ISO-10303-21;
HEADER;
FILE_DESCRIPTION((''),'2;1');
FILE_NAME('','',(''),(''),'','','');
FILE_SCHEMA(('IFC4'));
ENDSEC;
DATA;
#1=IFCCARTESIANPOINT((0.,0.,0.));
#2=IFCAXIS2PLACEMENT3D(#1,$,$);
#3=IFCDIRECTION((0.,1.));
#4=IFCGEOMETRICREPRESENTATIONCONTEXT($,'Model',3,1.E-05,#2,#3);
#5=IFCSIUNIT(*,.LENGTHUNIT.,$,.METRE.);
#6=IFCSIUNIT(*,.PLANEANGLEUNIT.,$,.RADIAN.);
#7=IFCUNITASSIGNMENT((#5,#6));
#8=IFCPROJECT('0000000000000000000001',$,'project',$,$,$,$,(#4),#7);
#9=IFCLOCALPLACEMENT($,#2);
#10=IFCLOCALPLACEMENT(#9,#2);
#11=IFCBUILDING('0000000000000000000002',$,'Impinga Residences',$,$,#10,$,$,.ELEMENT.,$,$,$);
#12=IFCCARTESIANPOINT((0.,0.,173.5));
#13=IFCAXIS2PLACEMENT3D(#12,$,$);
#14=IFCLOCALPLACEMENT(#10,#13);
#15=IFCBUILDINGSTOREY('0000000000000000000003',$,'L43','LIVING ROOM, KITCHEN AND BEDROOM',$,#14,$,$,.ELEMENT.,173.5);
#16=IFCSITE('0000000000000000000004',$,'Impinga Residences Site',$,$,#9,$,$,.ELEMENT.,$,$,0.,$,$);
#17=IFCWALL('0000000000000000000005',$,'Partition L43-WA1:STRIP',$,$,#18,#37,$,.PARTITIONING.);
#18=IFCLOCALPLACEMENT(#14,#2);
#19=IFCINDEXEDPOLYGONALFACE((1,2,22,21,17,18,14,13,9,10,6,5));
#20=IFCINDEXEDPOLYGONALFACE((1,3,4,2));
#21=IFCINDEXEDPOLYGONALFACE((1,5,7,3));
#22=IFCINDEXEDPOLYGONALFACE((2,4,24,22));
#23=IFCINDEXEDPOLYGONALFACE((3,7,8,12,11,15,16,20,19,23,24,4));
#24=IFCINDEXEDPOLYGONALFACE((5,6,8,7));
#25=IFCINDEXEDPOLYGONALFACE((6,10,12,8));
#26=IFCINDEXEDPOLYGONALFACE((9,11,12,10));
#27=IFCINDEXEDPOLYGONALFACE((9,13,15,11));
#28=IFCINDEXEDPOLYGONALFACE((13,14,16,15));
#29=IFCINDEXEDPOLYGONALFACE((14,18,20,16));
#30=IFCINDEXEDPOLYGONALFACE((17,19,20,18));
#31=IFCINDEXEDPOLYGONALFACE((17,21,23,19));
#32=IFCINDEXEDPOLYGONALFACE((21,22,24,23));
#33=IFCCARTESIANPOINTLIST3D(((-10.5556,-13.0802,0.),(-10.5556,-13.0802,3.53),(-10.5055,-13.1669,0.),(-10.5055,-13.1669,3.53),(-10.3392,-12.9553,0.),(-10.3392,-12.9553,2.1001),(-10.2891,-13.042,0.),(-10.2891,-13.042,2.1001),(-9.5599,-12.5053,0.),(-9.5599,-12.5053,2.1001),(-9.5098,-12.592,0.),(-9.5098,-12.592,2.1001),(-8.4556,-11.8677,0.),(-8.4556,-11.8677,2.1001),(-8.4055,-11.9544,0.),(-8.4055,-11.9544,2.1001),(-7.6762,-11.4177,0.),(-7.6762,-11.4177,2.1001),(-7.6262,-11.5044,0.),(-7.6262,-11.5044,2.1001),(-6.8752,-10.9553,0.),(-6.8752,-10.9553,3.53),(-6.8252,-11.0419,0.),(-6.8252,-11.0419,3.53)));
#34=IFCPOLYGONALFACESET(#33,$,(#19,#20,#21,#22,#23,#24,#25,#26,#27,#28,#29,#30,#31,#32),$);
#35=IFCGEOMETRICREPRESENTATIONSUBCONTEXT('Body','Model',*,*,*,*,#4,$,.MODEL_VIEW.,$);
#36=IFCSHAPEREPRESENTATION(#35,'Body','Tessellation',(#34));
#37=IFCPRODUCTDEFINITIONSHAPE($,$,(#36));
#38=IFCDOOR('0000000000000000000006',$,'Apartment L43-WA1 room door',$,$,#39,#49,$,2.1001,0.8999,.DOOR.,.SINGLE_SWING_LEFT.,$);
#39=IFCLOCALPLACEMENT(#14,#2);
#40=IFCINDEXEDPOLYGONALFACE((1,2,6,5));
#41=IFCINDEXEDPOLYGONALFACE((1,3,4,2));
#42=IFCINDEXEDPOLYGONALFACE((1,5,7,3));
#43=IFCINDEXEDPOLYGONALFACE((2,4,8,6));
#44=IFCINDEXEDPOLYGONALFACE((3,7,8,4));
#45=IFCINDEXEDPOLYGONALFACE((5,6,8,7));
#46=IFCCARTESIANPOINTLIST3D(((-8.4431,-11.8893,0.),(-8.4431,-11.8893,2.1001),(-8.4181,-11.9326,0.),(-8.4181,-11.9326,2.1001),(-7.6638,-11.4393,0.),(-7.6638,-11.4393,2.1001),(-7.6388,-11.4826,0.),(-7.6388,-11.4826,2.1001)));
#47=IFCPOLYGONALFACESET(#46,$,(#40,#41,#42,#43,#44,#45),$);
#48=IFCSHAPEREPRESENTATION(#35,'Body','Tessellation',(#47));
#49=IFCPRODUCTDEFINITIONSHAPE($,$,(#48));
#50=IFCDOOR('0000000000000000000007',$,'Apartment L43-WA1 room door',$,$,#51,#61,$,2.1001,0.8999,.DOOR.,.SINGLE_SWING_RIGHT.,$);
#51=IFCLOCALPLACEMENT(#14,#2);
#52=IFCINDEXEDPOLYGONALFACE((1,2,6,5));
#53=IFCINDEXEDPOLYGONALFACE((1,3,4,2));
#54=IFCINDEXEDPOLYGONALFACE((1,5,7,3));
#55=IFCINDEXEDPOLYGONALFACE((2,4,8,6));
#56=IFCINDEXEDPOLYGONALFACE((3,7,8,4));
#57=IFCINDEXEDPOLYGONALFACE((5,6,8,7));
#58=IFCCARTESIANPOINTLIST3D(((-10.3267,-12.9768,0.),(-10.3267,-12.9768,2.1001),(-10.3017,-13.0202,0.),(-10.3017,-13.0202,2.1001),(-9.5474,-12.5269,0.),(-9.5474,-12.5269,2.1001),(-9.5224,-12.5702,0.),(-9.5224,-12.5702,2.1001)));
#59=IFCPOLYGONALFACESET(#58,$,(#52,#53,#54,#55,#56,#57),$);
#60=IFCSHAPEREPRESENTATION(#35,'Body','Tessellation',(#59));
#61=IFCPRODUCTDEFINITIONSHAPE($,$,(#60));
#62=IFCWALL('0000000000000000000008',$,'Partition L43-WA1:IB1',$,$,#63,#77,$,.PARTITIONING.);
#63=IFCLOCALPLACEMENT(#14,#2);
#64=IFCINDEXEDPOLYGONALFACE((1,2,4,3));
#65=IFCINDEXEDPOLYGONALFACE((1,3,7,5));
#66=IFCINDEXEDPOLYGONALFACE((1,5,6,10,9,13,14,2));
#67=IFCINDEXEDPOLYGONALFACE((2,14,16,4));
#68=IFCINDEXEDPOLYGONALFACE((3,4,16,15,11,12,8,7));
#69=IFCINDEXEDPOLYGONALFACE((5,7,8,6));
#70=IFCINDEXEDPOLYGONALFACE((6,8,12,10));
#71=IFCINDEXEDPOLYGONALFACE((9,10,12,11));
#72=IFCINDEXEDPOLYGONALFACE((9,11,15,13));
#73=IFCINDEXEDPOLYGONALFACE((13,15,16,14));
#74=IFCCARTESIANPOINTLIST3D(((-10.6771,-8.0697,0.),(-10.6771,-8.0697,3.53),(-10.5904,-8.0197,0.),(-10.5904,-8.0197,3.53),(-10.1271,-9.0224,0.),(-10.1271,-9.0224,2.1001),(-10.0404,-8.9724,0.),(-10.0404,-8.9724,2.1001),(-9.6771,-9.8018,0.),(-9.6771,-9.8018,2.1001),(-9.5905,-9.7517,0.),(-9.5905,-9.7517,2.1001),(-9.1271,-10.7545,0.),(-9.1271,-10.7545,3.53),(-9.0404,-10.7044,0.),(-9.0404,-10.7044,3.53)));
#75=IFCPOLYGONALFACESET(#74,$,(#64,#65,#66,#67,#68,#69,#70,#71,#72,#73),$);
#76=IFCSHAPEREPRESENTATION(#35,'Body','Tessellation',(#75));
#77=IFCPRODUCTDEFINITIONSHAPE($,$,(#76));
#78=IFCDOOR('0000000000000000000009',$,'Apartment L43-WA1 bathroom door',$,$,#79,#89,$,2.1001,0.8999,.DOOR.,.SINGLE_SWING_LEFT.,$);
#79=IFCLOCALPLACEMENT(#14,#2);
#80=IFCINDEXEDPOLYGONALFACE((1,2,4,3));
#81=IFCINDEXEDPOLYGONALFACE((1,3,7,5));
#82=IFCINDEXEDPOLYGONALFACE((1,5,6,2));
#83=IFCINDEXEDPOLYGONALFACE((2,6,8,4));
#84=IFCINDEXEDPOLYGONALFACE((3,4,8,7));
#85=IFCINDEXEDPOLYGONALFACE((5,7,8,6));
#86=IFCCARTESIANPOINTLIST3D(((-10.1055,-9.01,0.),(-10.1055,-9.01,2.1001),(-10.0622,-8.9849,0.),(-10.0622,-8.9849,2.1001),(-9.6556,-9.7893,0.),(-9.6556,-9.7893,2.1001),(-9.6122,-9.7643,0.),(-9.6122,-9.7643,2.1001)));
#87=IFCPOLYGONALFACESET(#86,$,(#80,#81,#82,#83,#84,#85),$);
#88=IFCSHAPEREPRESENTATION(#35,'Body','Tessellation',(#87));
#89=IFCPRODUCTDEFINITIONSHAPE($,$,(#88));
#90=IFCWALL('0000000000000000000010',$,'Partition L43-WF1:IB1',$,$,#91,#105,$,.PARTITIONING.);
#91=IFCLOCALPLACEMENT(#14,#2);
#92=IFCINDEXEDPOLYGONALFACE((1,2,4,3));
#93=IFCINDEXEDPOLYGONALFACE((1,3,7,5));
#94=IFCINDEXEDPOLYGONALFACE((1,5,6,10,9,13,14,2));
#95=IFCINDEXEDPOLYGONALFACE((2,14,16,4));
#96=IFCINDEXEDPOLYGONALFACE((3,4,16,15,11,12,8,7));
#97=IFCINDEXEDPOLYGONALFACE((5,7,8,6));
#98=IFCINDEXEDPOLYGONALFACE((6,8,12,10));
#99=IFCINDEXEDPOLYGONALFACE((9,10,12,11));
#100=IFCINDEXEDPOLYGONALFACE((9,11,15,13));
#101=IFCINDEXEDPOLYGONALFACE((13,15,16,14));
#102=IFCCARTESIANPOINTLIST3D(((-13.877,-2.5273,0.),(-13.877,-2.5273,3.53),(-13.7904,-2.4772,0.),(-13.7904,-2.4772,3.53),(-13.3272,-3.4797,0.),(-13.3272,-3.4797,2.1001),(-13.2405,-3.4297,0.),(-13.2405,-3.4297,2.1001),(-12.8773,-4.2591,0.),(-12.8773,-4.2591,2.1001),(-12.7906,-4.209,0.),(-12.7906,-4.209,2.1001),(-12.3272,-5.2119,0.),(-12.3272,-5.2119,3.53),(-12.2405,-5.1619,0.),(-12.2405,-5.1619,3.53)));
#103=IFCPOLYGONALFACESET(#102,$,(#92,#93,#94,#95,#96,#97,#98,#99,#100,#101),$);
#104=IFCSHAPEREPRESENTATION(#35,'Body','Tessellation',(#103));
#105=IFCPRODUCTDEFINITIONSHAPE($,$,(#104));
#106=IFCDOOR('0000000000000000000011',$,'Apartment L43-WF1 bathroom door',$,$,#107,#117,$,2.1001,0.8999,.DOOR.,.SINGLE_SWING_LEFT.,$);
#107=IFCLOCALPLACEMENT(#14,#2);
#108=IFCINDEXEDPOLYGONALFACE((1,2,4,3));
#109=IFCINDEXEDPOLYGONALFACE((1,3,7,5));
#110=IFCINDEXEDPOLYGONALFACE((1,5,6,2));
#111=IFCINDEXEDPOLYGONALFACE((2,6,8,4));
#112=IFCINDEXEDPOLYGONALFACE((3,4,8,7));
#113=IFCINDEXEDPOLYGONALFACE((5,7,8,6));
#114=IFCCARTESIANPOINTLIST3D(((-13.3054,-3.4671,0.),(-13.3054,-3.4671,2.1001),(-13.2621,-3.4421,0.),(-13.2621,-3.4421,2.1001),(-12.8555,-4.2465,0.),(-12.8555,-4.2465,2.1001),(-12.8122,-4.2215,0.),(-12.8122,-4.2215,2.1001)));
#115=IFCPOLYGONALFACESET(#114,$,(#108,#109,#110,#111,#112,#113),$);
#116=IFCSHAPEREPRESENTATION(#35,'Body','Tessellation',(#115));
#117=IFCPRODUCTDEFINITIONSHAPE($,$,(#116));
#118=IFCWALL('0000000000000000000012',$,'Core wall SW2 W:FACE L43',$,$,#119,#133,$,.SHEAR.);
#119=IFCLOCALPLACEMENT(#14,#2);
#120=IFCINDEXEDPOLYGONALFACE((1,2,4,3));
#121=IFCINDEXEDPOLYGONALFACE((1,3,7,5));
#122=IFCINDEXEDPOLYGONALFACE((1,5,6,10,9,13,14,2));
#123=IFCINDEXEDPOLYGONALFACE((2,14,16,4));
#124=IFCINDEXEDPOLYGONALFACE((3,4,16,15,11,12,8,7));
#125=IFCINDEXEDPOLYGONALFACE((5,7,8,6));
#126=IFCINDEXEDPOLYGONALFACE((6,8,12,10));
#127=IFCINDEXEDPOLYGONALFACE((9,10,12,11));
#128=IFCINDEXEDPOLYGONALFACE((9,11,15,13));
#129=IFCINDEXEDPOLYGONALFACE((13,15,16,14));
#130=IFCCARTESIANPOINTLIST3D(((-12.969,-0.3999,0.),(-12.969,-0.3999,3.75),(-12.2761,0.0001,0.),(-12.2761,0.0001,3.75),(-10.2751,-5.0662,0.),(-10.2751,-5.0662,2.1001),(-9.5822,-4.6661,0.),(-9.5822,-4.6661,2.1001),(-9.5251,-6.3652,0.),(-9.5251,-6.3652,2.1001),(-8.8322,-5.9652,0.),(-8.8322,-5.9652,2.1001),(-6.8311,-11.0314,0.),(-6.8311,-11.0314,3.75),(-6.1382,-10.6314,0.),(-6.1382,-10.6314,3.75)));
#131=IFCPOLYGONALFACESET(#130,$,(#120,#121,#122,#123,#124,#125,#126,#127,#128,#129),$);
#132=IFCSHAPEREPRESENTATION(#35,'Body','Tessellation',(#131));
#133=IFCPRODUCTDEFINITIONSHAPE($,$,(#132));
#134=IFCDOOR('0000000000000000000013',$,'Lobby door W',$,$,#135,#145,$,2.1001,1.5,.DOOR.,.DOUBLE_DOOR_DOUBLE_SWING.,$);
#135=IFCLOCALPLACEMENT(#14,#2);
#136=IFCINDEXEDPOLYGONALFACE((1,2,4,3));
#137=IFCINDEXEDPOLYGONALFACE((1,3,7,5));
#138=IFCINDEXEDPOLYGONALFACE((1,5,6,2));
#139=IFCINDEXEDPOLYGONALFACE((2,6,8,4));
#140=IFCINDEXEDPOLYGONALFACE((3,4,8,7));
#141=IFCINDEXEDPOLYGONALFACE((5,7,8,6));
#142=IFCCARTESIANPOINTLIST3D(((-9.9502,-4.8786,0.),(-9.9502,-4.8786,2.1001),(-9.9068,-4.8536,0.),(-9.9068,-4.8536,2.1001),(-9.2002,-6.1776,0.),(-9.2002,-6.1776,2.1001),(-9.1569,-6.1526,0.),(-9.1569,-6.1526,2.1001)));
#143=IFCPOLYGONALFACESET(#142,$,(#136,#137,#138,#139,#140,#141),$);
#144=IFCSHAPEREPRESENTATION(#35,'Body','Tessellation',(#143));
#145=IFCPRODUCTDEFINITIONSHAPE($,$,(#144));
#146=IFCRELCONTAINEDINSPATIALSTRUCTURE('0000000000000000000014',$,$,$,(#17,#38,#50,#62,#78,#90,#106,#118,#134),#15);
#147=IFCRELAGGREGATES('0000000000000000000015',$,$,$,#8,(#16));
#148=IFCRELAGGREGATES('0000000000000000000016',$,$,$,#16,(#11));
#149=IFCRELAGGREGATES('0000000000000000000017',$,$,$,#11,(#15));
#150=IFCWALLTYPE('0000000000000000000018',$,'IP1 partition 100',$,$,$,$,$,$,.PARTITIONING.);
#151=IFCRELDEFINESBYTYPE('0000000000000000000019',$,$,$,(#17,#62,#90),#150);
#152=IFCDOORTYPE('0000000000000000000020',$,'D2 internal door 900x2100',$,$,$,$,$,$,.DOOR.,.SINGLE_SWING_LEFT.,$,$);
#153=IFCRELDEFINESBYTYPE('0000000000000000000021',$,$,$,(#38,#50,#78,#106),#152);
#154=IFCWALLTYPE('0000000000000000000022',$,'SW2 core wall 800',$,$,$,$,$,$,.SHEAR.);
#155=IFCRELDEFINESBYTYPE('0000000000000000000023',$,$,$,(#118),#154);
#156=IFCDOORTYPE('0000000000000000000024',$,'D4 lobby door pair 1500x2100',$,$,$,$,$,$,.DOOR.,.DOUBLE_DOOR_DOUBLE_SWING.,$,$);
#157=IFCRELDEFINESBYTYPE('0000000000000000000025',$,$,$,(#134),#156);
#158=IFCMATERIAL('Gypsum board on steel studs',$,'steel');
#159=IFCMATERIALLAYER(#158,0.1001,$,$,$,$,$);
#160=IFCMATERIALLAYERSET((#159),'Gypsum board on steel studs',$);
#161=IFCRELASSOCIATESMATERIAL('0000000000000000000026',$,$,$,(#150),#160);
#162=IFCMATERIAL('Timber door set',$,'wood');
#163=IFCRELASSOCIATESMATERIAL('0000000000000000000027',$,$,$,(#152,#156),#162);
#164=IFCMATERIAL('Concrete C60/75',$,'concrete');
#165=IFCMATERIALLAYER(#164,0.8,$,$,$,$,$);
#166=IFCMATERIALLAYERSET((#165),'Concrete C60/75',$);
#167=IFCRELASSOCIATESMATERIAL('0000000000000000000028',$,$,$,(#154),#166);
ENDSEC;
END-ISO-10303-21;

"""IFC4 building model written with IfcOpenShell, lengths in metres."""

from ifc_helpers import new_model, si_unit, direction, frame, frame_2d, origin, place, context, subcontext, project, spatial, rectangle, extrude, material, layer, layer_set, type_object, element, fill, save


model = new_model("IFC4")

# Units and contexts
model_context = context("Model", 3, precision=1e-05, world=origin(), true_north=direction((0.0, 1.0)))
body_context = subcontext(model_context, "Body", "Model", "MODEL_VIEW")
ifc_project = project(units=[si_unit("LENGTHUNIT", "METRE"), si_unit("PLANEANGLEUNIT", "RADIAN")], contexts=[model_context])

# Site, building, storey
site_placement = place(None, origin())
site = spatial("IfcSite", under=ifc_project, at=site_placement, Name="Impinga Residences Site", CompositionType="ELEMENT", RefElevation=0.0)
building_placement = place(site_placement, origin())
building = spatial("IfcBuilding", under=site, at=building_placement, Name="Impinga Residences", CompositionType="ELEMENT")
storey_placement = place(building_placement, frame((0.0, 0.0, 173.5)))
storey = spatial("IfcBuildingStorey", under=building, at=storey_placement, Name="L43", Description="LIVING ROOM, KITCHEN AND BEDROOM", CompositionType="ELEMENT", Elevation=173.5)

# Shared definitions
ifc_material_1 = material(Name="Concrete C60/75", Category="concrete")
ifc_material_2 = material(Name="Timber door set", Category="wood")

# Shared definitions
ifc_material_3 = material(Name="Gypsum board on steel studs", Category="steel")
ifc_layer_1 = layer(ifc_material_3, 0.1001)
ifc_layer_set_1 = layer_set([ifc_layer_1], Name="Gypsum board on steel studs")
wall_type_1 = type_object("IfcWallType", Name="IP1 partition 100", PredefinedType="PARTITIONING", material=ifc_layer_set_1)

# Wall, openings, doors
wall_1_placement = place(storey_placement, frame((-6.8501, -10.9985, 0.0), z_axis=(0.0, 0.0, 1.0), x_axis=(-0.866014, -0.500019, 0.0)))
wall_1 = element("IfcWall", 1, at=wall_1_placement, inside=storey, type_object=wall_type_1, Name="Partition L43-WA1:STRIP", PredefinedType="PARTITIONING", context=body_context, shape_type="SweptSolid", body=[
    extrude(rectangle(XDim=4.2498, YDim=0.1001, at=frame_2d((2.125, 0.0))), origin(), (0.0, 0.0, 1.0), 3.53),
])
opening_1_placement = place(wall_1_placement, frame((0.925, 0.0, 0.0)))
opening_1 = element("IfcOpeningElement", 2, at=opening_1_placement, cuts=wall_1, PredefinedType="OPENING", context=body_context, shape_type="SweptSolid", body=[
    extrude(rectangle(XDim=0.8999, YDim=2.1001, at=frame_2d((0.45, 1.05))), frame((0.0, 0.0601, 0.0), z_axis=(0.0, -1.0, 0.0), x_axis=(1.0, 0.0, 0.0)), (0.0, 0.0, 1.0), 0.1201),
])
opening_2_placement = place(wall_1_placement, frame((3.1001, 0.0, 0.0)))
opening_2 = element("IfcOpeningElement", 3, at=opening_2_placement, cuts=wall_1, PredefinedType="OPENING", context=body_context, shape_type="SweptSolid", body=[
    extrude(rectangle(XDim=0.8999, YDim=2.1001, at=frame_2d((0.45, 1.05))), frame((0.0, 0.0601, 0.0), z_axis=(0.0, -1.0, 0.0), x_axis=(1.0, 0.0, 0.0)), (0.0, 0.0, 1.0), 0.1201),
])
door_type_1 = type_object("IfcDoorType", Name="D2 internal door 900x2100", OperationType="SINGLE_SWING_LEFT", PredefinedType="DOOR", material=ifc_material_2)
door_1_placement = place(opening_1_placement, origin())
door_1 = element("IfcDoor", 4, at=door_1_placement, inside=storey, type_object=door_type_1, Name="Apartment L43-WA1 room door", OperationType="SINGLE_SWING_LEFT", OverallHeight=2.1001, OverallWidth=0.8999, PredefinedType="DOOR", context=body_context, shape_type="SweptSolid", body=[
    extrude(rectangle(XDim=0.8999, YDim=2.1001, at=frame_2d((0.45, 1.05))), frame((0.0, 0.0249, 0.0), z_axis=(0.0, -1.0, 0.0), x_axis=(1.0, 0.0, 0.0)), (0.0, 0.0, 1.0), 0.05),
])
fill(opening_1, door_1)
door_2_placement = place(opening_2_placement, origin())
door_2 = element("IfcDoor", 5, at=door_2_placement, inside=storey, type_object=door_type_1, Name="Apartment L43-WA1 room door", OperationType="SINGLE_SWING_RIGHT", OverallHeight=2.1001, OverallWidth=0.8999, PredefinedType="DOOR", context=body_context, shape_type="SweptSolid", body=[
    extrude(rectangle(XDim=0.8999, YDim=2.1001, at=frame_2d((0.45, 1.05))), frame((0.0, 0.0249, 0.0), z_axis=(0.0, -1.0, 0.0), x_axis=(1.0, 0.0, 0.0)), (0.0, 0.0, 1.0), 0.05),
])
fill(opening_2, door_2)

# Walls, openings, doors
wall_2_placement = place(storey_placement, frame((-10.6338, -8.0447, 0.0), z_axis=(0.0, 0.0, 1.0), x_axis=(0.499993, -0.86603, 0.0)))
wall_2 = element("IfcWall", 6, at=wall_2_placement, inside=storey, type_object=wall_type_1, Name="Partition L43-WA1:IB1", PredefinedType="PARTITIONING", context=body_context, shape_type="SweptSolid", body=[
    extrude(rectangle(XDim=3.1001, YDim=0.1001, at=frame_2d((1.55, 0.0))), origin(), (0.0, 0.0, 1.0), 3.53),
])
opening_3_placement = place(wall_2_placement, frame((1.1001, 0.0, 0.0)))
opening_3 = element("IfcOpeningElement", 7, at=opening_3_placement, cuts=wall_2, PredefinedType="OPENING", context=body_context, shape_type="SweptSolid", body=[
    extrude(rectangle(XDim=0.8999, YDim=2.1001, at=frame_2d((0.45, 1.05))), frame((0.0, 0.0601, 0.0), z_axis=(0.0, -1.0, 0.0), x_axis=(1.0, 0.0, 0.0)), (0.0, 0.0, 1.0), 0.1201),
])
door_3_placement = place(opening_3_placement, origin())
door_3 = element("IfcDoor", 8, at=door_3_placement, inside=storey, type_object=door_type_1, Name="Apartment L43-WA1 bathroom door", OperationType="SINGLE_SWING_LEFT", OverallHeight=2.1001, OverallWidth=0.8999, PredefinedType="DOOR", context=body_context, shape_type="SweptSolid", body=[
    extrude(rectangle(XDim=0.8999, YDim=2.1001, at=frame_2d((0.45, 1.05))), frame((0.0, 0.0249, 0.0), z_axis=(0.0, -1.0, 0.0), x_axis=(1.0, 0.0, 0.0)), (0.0, 0.0, 1.0), 0.05),
])
fill(opening_3, door_3)
wall_3_placement = place(storey_placement, frame((-12.2839, -5.1868, 0.0), z_axis=(0.0, 0.0, 1.0), x_axis=(-0.499968, 0.866044, 0.0)))
wall_3 = element("IfcWall", 9, at=wall_3_placement, inside=storey, type_object=wall_type_1, Name="Partition L43-WF1:IB1", PredefinedType="PARTITIONING", context=body_context, shape_type="SweptSolid", body=[
    extrude(rectangle(XDim=3.0999, YDim=0.1001, at=frame_2d((1.5498, 0.0))), origin(), (0.0, 0.0, 1.0), 3.53),
])
opening_4_placement = place(wall_3_placement, frame((1.1001, 0.0, 0.0)))
opening_4 = element("IfcOpeningElement", 10, at=opening_4_placement, cuts=wall_3, PredefinedType="OPENING", context=body_context, shape_type="SweptSolid", body=[
    extrude(rectangle(XDim=0.8999, YDim=2.1001, at=frame_2d((0.45, 1.05))), frame((0.0, 0.0601, 0.0), z_axis=(0.0, -1.0, 0.0), x_axis=(1.0, 0.0, 0.0)), (0.0, 0.0, 1.0), 0.1201),
])
door_4_placement = place(opening_4_placement, origin())
door_4 = element("IfcDoor", 11, at=door_4_placement, inside=storey, type_object=door_type_1, Name="Apartment L43-WF1 bathroom door", OperationType="SINGLE_SWING_LEFT", OverallHeight=2.1001, OverallWidth=0.8999, PredefinedType="DOOR", context=body_context, shape_type="SweptSolid", body=[
    extrude(rectangle(XDim=0.8999, YDim=2.1001, at=frame_2d((0.45, 1.05))), frame((0.0, 0.0249, 0.0), z_axis=(0.0, -1.0, 0.0), x_axis=(1.0, 0.0, 0.0)), (0.0, 0.0, 1.0), 0.05),
])
fill(opening_4, door_4)
ifc_layer_2 = layer(ifc_material_1, 0.8)
ifc_layer_set_2 = layer_set([ifc_layer_2], Name="Concrete C60/75")
wall_type_2 = type_object("IfcWallType", Name="SW2 core wall 800", PredefinedType="SHEAR", material=ifc_layer_set_2)
wall_4_placement = place(storey_placement, frame((-6.4846, -10.8315, 0.0), z_axis=(0.0, 0.0, 1.0), x_axis=(-0.499987, 0.866033, 0.0)))
wall_4 = element("IfcWall", 12, at=wall_4_placement, inside=storey, type_object=wall_type_2, Name="Core wall SW2 W:FACE L43", PredefinedType="SHEAR", context=body_context, shape_type="SweptSolid", body=[
    extrude(rectangle(XDim=12.2761, YDim=0.8, at=frame_2d((6.1382, 0.0))), origin(), (0.0, 0.0, 1.0), 3.75),
])
opening_5_placement = place(wall_4_placement, frame((5.3882, 0.0, 0.0)))
opening_5 = element("IfcOpeningElement", 13, at=opening_5_placement, cuts=wall_4, PredefinedType="OPENING", context=body_context, shape_type="SweptSolid", body=[
    extrude(rectangle(XDim=1.5, YDim=2.1001, at=frame_2d((0.75, 1.05))), frame((0.0, 0.4099, 0.0), z_axis=(0.0, -1.0, 0.0), x_axis=(1.0, 0.0, 0.0)), (0.0, 0.0, 1.0), 0.8201),
])
door_type_2 = type_object("IfcDoorType", Name="D4 lobby door pair 1500x2100", OperationType="DOUBLE_DOOR_DOUBLE_SWING", PredefinedType="DOOR", material=ifc_material_2)
door_5_placement = place(opening_5_placement, origin())
door_5 = element("IfcDoor", 14, at=door_5_placement, inside=storey, type_object=door_type_2, Name="Lobby door W", OperationType="DOUBLE_DOOR_DOUBLE_SWING", OverallHeight=2.1001, OverallWidth=1.5, PredefinedType="DOOR", context=body_context, shape_type="SweptSolid", body=[
    extrude(rectangle(XDim=1.5, YDim=2.1001, at=frame_2d((0.75, 1.05))), frame((0.0, 0.0249, 0.0), z_axis=(0.0, -1.0, 0.0), x_axis=(1.0, 0.0, 0.0)), (0.0, 0.0, 1.0), 0.05),
])
fill(opening_5, door_5)

save(model, "model.ifc")
